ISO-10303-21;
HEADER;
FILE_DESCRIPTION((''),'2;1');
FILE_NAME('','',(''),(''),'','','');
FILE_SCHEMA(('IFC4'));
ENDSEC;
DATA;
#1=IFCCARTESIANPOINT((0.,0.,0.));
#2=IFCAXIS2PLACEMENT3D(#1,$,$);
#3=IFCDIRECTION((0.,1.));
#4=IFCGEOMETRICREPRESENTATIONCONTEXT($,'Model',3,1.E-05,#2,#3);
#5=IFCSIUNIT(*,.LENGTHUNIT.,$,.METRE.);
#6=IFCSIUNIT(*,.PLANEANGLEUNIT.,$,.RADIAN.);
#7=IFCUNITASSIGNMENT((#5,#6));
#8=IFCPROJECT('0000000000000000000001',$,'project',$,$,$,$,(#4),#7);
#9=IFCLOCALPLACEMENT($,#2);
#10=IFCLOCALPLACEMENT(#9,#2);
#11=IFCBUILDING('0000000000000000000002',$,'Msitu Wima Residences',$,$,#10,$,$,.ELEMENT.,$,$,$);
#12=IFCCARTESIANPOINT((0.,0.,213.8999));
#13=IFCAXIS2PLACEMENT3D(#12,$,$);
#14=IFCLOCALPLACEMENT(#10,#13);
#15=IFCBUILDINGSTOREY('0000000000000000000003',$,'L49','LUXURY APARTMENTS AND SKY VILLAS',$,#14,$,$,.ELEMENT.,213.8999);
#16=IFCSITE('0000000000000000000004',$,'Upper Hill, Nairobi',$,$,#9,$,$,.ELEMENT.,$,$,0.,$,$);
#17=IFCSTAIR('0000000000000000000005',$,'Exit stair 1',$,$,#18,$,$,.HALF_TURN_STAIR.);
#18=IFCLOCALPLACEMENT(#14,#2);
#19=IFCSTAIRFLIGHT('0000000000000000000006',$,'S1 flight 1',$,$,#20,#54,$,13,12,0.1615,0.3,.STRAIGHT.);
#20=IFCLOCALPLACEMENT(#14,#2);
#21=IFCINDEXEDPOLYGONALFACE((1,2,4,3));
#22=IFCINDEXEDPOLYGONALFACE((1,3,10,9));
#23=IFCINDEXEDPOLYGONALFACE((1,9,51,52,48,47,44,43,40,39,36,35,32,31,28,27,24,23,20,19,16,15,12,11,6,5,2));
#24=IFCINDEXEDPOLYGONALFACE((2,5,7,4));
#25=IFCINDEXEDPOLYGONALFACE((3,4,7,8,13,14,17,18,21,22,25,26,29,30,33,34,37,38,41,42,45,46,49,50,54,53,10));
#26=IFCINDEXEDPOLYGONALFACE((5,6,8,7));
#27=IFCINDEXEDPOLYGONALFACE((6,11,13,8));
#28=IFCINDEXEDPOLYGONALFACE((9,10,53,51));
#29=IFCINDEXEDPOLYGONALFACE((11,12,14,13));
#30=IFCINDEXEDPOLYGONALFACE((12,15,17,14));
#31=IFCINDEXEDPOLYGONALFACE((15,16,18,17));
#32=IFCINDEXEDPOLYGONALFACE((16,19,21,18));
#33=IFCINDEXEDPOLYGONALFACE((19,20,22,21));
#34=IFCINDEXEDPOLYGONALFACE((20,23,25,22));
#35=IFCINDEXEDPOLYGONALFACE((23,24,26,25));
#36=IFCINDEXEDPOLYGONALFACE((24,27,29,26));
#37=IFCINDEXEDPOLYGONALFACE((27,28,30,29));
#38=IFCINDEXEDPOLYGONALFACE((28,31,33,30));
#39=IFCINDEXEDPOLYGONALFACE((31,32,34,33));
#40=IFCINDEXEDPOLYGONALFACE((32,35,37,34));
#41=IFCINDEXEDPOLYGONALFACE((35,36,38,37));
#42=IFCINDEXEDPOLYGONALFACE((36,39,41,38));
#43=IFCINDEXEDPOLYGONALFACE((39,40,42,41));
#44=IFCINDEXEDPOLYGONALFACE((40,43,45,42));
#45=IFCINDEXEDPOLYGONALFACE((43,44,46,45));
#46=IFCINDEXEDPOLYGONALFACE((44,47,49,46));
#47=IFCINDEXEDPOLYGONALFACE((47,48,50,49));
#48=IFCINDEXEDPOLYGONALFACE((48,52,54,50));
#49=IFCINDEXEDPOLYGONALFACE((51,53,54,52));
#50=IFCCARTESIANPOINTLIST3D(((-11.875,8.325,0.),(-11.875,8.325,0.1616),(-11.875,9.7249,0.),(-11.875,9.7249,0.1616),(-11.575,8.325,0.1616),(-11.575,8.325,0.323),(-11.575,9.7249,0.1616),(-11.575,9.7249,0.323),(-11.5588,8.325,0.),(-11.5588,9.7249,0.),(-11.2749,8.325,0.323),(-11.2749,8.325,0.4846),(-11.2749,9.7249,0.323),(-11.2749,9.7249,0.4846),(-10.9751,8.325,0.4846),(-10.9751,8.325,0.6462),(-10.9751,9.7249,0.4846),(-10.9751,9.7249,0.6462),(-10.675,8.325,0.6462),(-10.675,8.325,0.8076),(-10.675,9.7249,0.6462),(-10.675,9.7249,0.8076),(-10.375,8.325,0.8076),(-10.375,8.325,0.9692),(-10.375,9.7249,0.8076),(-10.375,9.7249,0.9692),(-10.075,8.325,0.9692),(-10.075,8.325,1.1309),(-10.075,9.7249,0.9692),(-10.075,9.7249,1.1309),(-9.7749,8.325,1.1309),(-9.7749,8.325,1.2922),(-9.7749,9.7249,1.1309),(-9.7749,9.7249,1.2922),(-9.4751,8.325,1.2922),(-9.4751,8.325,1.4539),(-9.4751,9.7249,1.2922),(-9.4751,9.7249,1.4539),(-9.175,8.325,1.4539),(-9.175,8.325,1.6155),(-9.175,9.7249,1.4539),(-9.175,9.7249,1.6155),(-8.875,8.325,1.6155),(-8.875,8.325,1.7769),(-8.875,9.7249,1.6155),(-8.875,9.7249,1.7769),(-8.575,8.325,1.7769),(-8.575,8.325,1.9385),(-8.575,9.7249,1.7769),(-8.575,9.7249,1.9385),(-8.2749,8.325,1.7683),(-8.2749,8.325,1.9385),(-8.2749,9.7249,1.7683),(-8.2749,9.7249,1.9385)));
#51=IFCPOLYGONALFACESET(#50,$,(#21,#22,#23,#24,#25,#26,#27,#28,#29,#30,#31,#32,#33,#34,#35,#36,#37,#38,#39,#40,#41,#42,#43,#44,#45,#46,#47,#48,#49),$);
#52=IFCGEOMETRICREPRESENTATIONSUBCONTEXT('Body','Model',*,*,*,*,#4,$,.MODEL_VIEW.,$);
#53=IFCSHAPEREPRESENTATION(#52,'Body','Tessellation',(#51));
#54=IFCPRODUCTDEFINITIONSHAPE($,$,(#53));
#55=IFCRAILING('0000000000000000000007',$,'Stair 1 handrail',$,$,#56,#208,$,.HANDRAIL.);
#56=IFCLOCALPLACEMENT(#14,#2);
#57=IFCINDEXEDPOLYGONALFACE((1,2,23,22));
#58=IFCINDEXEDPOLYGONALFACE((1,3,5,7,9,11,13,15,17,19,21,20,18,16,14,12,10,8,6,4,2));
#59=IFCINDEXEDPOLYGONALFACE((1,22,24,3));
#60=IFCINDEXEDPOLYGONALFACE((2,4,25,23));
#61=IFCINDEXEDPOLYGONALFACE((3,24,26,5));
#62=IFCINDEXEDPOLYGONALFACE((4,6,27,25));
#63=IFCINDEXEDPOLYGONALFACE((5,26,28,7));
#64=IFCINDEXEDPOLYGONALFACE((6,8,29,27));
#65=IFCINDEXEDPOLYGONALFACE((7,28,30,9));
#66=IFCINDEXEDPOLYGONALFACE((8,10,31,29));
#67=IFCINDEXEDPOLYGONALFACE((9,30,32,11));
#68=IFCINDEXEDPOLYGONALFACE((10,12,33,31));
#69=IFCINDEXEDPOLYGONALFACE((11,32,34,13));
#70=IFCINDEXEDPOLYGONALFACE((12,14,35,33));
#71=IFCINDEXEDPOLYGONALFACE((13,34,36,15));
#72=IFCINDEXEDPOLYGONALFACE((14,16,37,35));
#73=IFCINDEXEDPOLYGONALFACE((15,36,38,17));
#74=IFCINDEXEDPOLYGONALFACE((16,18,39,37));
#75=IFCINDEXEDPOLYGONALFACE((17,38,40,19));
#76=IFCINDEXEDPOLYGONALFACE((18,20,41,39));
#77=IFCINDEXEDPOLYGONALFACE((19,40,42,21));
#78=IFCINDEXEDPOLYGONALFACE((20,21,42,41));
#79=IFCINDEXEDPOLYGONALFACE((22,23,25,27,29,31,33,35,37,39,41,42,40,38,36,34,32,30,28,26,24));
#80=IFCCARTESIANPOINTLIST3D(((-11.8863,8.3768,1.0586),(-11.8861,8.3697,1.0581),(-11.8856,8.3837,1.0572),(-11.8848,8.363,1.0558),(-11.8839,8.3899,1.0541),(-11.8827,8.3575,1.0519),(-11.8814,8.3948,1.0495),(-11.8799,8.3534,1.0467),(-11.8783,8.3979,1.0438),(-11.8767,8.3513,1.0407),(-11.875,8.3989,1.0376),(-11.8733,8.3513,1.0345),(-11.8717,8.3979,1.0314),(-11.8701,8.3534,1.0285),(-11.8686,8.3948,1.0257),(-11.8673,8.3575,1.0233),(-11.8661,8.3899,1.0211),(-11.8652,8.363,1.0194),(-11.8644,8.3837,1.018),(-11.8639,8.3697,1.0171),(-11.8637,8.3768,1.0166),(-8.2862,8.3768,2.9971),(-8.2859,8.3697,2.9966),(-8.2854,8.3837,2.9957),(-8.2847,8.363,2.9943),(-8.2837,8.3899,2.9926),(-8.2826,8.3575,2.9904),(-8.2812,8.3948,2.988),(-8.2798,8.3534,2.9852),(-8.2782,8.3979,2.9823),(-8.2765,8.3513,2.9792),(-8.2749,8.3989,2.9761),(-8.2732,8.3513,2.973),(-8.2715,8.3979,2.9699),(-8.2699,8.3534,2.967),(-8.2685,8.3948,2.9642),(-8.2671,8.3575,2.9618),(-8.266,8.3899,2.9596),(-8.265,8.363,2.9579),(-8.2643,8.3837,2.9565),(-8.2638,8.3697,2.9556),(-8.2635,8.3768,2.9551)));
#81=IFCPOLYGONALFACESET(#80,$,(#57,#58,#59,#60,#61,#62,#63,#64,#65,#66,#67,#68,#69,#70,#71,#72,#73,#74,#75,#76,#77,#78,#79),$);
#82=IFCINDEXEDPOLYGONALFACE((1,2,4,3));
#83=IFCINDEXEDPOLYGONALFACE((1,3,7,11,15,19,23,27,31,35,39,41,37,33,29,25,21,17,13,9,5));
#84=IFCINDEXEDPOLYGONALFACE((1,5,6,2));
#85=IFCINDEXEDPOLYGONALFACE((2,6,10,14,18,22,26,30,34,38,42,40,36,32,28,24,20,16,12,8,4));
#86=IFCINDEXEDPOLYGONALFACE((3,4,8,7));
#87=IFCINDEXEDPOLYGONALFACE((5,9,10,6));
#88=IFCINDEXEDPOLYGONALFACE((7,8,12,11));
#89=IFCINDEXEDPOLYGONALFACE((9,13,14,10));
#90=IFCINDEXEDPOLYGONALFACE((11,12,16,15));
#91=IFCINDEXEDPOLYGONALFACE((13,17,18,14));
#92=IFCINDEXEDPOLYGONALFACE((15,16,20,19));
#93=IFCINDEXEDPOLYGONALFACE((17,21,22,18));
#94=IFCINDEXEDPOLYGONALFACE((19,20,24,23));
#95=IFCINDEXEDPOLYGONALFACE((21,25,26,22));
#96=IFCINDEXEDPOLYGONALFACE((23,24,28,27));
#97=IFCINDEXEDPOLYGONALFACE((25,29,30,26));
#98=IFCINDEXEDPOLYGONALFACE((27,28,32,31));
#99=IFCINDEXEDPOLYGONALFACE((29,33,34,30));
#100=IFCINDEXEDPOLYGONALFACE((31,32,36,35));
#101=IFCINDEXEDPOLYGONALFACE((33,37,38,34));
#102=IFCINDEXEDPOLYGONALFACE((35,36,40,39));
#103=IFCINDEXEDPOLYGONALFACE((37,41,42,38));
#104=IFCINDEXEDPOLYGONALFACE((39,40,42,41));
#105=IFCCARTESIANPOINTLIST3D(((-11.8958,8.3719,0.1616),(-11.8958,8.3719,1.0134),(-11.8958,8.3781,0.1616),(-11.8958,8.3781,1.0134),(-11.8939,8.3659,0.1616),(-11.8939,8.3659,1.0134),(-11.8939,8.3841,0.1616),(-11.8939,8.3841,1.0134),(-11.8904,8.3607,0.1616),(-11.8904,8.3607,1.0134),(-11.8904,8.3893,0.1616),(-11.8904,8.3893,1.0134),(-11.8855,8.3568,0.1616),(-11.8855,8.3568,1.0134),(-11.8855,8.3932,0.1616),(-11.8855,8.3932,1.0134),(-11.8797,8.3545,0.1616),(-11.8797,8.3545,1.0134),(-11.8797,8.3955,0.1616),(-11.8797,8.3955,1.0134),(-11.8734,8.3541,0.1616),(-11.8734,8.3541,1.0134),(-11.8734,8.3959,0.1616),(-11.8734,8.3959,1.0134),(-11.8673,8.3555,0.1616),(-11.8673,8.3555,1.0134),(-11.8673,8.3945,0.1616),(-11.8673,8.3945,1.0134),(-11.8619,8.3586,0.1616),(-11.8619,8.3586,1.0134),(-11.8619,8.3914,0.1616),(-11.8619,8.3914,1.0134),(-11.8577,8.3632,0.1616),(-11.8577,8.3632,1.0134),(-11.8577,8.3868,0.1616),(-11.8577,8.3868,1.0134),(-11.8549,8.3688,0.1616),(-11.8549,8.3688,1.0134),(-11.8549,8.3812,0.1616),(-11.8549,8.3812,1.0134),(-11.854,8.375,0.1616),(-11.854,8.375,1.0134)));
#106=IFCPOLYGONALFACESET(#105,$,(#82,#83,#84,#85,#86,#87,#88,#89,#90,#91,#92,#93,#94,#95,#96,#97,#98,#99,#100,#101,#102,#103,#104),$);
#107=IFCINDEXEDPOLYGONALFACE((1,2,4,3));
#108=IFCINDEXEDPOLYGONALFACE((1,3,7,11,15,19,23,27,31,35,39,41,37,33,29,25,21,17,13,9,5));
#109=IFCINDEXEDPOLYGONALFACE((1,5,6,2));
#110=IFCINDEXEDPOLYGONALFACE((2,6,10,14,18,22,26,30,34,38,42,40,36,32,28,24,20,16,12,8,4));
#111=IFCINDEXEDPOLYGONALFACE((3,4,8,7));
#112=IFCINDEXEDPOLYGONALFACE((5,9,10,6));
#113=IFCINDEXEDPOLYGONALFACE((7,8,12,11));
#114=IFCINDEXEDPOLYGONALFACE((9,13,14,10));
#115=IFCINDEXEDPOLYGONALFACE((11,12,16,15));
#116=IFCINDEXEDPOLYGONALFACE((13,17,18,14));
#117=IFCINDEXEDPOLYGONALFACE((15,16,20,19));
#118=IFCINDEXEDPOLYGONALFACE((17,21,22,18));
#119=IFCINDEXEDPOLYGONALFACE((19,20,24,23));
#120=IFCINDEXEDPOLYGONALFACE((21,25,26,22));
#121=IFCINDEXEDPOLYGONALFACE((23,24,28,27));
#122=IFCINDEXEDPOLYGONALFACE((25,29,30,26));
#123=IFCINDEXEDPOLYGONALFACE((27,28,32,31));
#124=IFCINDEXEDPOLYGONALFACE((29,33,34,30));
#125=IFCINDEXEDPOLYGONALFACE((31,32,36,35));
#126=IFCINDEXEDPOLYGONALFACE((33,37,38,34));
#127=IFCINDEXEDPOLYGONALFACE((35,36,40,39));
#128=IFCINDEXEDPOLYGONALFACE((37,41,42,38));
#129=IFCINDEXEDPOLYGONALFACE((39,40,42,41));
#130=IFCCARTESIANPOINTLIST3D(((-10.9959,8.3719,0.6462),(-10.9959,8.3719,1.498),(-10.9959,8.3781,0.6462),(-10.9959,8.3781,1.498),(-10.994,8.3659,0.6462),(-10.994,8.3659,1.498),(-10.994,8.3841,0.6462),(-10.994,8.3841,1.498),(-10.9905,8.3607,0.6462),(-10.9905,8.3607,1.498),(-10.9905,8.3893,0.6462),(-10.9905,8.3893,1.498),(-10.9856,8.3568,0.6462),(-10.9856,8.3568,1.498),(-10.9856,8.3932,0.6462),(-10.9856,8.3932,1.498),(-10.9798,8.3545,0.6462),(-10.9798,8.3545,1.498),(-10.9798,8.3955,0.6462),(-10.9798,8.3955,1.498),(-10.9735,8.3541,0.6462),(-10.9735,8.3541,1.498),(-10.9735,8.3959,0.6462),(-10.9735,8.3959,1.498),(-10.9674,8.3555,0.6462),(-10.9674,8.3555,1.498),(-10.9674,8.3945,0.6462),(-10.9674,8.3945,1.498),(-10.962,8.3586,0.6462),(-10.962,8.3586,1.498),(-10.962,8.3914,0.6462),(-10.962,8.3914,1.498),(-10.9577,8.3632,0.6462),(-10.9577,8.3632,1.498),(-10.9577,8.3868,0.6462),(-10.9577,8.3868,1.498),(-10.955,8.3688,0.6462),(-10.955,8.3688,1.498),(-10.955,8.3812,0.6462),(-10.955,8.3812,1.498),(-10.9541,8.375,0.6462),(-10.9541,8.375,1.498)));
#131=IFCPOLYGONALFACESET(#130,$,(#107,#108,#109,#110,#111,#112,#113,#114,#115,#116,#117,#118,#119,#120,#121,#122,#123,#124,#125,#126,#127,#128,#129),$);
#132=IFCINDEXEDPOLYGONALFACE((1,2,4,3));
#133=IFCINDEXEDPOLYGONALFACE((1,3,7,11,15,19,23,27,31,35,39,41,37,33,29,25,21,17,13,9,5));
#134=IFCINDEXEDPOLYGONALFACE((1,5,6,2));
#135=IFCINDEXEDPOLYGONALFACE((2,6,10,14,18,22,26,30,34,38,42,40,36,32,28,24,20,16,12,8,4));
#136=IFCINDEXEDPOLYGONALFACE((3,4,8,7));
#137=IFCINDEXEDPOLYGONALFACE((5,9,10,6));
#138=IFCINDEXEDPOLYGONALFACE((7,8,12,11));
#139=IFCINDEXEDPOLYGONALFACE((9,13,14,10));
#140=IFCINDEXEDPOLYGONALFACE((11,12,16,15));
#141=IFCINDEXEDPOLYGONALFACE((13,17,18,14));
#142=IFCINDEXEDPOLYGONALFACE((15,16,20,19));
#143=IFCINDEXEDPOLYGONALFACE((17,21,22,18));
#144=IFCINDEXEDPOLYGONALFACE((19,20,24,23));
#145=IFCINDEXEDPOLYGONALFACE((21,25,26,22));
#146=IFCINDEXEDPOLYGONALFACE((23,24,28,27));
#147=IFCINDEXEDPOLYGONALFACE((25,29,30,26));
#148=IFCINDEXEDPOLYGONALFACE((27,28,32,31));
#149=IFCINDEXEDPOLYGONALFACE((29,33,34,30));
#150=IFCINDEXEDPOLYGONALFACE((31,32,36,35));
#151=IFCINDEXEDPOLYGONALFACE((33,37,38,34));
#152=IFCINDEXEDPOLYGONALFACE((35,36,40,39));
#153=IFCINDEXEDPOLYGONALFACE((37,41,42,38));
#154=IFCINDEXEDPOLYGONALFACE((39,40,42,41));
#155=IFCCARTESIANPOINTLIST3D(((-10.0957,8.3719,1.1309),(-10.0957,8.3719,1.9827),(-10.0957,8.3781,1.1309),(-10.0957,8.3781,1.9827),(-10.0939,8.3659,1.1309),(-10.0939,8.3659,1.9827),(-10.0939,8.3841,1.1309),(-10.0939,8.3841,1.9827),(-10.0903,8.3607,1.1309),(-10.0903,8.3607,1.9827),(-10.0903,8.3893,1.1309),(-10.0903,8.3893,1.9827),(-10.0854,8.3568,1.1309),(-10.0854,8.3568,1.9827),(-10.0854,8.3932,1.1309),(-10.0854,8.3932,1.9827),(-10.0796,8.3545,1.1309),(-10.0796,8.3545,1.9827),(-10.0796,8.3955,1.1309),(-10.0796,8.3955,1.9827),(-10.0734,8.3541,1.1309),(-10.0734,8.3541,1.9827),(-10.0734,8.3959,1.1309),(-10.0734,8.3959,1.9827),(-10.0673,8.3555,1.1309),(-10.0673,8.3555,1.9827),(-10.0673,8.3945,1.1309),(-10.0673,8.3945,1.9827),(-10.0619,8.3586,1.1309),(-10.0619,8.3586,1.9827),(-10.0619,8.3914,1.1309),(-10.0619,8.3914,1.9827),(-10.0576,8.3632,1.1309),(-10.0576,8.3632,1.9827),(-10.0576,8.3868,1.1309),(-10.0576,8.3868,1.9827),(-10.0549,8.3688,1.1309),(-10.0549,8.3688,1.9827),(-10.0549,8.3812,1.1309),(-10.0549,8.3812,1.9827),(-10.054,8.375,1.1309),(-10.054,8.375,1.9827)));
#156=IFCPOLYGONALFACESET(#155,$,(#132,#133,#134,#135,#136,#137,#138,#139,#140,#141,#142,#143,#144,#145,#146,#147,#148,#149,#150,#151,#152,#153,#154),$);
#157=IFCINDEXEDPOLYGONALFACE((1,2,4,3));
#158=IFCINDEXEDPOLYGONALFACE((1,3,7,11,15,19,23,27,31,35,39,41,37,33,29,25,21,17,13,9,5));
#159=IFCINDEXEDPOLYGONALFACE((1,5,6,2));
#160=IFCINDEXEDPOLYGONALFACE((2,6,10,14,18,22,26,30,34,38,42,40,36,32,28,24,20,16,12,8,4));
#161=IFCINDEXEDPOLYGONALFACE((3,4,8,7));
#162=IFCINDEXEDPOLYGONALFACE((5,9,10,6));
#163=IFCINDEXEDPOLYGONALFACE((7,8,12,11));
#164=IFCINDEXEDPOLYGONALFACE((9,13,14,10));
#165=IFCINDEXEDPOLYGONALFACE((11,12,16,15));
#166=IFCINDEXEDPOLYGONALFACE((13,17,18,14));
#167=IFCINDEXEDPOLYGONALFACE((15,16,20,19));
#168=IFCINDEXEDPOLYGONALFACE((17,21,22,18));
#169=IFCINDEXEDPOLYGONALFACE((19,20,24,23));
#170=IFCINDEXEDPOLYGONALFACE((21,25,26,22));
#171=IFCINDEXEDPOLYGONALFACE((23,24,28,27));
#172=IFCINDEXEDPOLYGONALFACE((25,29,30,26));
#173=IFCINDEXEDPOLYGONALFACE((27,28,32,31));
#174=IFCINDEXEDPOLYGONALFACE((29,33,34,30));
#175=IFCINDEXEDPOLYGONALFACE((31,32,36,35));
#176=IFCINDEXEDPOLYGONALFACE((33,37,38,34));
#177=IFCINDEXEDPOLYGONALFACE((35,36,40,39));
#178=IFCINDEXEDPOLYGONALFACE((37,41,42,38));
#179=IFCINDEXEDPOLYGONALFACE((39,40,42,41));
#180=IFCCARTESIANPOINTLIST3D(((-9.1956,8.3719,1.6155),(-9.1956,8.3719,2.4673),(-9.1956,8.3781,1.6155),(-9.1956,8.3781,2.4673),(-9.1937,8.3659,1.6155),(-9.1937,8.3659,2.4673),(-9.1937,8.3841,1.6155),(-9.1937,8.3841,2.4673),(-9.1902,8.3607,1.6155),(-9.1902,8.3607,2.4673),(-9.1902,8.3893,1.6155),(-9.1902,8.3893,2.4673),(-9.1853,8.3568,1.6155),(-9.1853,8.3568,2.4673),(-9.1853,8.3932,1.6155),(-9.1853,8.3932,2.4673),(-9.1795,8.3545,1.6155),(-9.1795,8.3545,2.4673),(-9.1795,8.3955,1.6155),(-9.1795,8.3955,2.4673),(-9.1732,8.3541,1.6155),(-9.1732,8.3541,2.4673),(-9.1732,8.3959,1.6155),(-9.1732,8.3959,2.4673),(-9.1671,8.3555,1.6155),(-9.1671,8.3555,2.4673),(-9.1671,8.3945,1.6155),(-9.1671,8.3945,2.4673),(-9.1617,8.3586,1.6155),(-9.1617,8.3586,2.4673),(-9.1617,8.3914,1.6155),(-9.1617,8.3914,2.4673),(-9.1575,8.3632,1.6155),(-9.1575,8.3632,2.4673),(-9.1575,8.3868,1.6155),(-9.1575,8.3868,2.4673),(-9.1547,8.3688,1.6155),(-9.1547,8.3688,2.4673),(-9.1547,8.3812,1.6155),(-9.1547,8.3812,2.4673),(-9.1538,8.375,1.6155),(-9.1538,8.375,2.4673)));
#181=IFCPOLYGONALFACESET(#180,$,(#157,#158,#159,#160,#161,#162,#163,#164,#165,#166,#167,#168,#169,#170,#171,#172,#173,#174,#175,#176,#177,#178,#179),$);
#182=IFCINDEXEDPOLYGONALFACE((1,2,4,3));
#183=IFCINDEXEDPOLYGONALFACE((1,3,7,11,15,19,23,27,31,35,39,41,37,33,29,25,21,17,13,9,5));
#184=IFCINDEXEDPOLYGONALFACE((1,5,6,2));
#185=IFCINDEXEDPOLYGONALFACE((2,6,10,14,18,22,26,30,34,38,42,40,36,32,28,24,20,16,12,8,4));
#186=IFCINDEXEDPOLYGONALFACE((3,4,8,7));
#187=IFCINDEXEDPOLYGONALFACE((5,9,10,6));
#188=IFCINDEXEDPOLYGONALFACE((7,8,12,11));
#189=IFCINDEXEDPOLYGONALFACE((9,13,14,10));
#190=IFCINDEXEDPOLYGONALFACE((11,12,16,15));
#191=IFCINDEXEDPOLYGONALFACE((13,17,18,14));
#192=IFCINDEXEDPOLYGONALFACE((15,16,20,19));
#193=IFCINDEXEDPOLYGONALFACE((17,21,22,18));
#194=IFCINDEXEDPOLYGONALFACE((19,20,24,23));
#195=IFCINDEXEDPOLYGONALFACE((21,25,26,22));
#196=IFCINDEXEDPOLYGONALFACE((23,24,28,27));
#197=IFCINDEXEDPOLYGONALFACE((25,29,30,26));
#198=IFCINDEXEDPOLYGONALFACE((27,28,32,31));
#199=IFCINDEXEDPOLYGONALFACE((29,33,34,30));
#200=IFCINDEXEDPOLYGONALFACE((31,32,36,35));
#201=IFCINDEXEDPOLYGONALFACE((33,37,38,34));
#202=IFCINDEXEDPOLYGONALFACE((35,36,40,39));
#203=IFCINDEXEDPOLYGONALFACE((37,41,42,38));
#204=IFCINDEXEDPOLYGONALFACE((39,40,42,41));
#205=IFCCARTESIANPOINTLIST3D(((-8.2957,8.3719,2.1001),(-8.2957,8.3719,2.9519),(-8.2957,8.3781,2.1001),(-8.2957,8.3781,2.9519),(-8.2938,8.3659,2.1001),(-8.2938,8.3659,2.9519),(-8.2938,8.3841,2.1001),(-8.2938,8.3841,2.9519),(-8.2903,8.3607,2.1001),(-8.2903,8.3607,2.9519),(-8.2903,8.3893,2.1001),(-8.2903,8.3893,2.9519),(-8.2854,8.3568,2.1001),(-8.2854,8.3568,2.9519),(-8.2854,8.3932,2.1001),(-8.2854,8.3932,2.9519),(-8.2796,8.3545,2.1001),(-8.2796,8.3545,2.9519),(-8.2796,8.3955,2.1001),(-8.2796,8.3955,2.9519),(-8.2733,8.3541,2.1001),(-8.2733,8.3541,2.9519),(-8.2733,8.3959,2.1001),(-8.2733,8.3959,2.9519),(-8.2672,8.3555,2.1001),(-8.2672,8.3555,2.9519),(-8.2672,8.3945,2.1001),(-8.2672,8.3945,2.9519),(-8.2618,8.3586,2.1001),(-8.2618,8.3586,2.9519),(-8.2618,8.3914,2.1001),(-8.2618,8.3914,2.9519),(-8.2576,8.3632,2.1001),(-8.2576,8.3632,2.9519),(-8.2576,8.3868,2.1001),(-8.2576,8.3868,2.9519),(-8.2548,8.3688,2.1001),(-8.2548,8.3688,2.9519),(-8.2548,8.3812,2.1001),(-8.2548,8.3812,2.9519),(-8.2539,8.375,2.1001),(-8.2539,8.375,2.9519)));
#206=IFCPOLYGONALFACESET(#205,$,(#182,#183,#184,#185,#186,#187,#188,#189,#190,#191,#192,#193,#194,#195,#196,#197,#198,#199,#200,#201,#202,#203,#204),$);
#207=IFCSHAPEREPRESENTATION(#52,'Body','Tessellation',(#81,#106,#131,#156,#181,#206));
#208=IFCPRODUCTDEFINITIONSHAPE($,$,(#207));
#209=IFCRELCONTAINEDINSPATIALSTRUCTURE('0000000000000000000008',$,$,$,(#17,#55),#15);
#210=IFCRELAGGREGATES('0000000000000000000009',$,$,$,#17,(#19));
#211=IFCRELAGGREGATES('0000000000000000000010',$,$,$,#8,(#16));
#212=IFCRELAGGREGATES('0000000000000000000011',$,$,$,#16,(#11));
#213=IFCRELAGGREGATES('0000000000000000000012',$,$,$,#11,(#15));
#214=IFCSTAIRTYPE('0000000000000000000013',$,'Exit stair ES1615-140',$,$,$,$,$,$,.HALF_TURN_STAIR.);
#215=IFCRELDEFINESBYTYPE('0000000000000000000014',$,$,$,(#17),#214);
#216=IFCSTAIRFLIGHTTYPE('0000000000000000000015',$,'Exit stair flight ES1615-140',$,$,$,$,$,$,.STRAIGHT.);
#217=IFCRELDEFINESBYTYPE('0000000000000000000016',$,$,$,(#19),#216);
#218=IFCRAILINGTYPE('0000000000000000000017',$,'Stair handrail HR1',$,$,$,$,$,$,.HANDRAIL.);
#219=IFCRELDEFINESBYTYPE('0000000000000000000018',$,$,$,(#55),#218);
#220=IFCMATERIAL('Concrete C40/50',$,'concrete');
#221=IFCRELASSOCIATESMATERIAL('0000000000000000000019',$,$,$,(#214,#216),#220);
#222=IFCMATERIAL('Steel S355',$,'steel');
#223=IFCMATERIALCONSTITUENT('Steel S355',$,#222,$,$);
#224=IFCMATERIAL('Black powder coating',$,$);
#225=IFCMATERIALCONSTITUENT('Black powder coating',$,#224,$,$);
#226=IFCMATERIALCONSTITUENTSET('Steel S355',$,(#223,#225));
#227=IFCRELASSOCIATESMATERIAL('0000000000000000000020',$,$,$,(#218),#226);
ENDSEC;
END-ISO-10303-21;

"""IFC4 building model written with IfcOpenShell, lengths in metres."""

from ifc_helpers import new_model, si_unit, direction, frame, origin, origin_2d, place, context, subcontext, project, spatial, polyline, circle, outline, extrude, material, constituent, constituent_set, type_object, element, aggregate, save


model = new_model("IFC4")

# Units and contexts
model_context = context("Model", 3, precision=1e-05, world=origin(), true_north=direction((0.0, 1.0)))
body_context = subcontext(model_context, "Body", "Model", "MODEL_VIEW")
ifc_project = project(units=[si_unit("LENGTHUNIT", "METRE"), si_unit("PLANEANGLEUNIT", "RADIAN")], contexts=[model_context])

# Site, building, storey
site_placement = place(None, origin())
site = spatial("IfcSite", under=ifc_project, at=site_placement, Name="Upper Hill, Nairobi", CompositionType="ELEMENT", RefElevation=0.0)
building_placement = place(site_placement, origin())
building = spatial("IfcBuilding", under=site, at=building_placement, Name="Msitu Wima Residences", CompositionType="ELEMENT")
storey_placement = place(building_placement, frame((0.0, 0.0, 213.8999)))
storey = spatial("IfcBuildingStorey", under=building, at=storey_placement, Name="L49", Description="LUXURY APARTMENTS AND SKY VILLAS", CompositionType="ELEMENT", Elevation=213.8999)

# Shared definitions
ifc_material_1 = material(Name="Concrete C40/50", Category="concrete")

# Stair, stair flight
stair_type = type_object("IfcStairType", Name="Exit stair ES1615-140", PredefinedType="HALF_TURN_STAIR", material=ifc_material_1)
stair_placement = place(storey_placement, origin())
stair = element("IfcStair", 1, at=stair_placement, inside=storey, type_object=stair_type, Name="Exit stair 1", PredefinedType="HALF_TURN_STAIR")
stair_flight_type = type_object("IfcStairFlightType", Name="Exit stair flight ES1615-140", PredefinedType="STRAIGHT", material=ifc_material_1)
stair_flight_placement = place(storey_placement, frame((-11.875, 9.0249, 0.0), z_axis=(0.0, 0.0, 1.0), x_axis=(1.0, 0.0, 0.0)))
stair_flight = element("IfcStairFlight", 2, at=stair_flight_placement, type_object=stair_flight_type, Name="S1 flight 1", NumberOfRisers=13, NumberOfTreads=12, PredefinedType="STRAIGHT", RiserHeight=0.1615, TreadLength=0.3, context=body_context, shape_type="SweptSolid", body=[
    extrude(outline(polyline([(0.0, 0.0), (0.0, 0.1616), (0.3, 0.1616), (0.3, 0.323), (0.6001, 0.323), (0.6001, 0.4846), (0.8999, 0.4846), (0.8999, 0.6462), (1.2, 0.6462), (1.2, 0.8076), (1.5, 0.8076), (1.5, 0.9692), (1.8, 0.9692), (1.8, 1.1309), (2.1001, 1.1309), (2.1001, 1.2922), (2.3999, 1.2922), (2.3999, 1.4539), (2.7, 1.4539), (2.7, 1.6155), (3.0, 1.6155), (3.0, 1.7769), (3.3, 1.7769), (3.3, 1.9385), (3.6001, 1.9385), (3.6001, 2.1001), (3.6001, 1.7683), (0.3162, 0.0), (0.0, 0.0)])), frame((0.0, 0.7, 0.0), z_axis=(0.0, -1.0, 0.0), x_axis=(1.0, 0.0, 0.0)), (0.0, 0.0, 1.0), 1.3999),
])
aggregate(stair, [stair_flight])

# Railing
ifc_material_2 = material(Name="Steel S355", Category="steel")
ifc_constituent_1 = constituent(ifc_material_2, Name="Steel S355")
ifc_material_3 = material(Name="Black powder coating")
ifc_constituent_2 = constituent(ifc_material_3, Name="Black powder coating")
ifc_constituent_set = constituent_set(constituents=[ifc_constituent_1, ifc_constituent_2], Name="Steel S355")
railing_type = type_object("IfcRailingType", Name="Stair handrail HR1", PredefinedType="HANDRAIL", material=ifc_constituent_set)
for number, where, name in (
    (3, (-11.875, 8.375, 0.1616), "Stair 1 handrail"),
):
    element("IfcRailing", number, at=place(storey_placement, frame(where)), inside=storey, type_object=railing_type, Name=name, PredefinedType="HANDRAIL", context=body_context, shape_type="SweptSolid", body=[
        extrude(circle(Radius=0.0239, at=origin_2d()), frame((0.0, 0.0, 0.876), z_axis=(0.880475, 0.0, 0.474093), x_axis=(0.0, 1.0, 0.0)), (0.0, 0.0, 1.0), 4.0889),
        extrude(circle(Radius=0.021, at=origin_2d()), origin(), (0.0, 0.0, 1.0), 0.8518),
        extrude(circle(Radius=0.021, at=origin_2d()), frame((0.8999, 0.0, 0.4846)), (0.0, 0.0, 1.0), 0.8518),
        extrude(circle(Radius=0.021, at=origin_2d()), frame((1.8, 0.0, 0.9692)), (0.0, 0.0, 1.0), 0.8518),
        extrude(circle(Radius=0.021, at=origin_2d()), frame((2.7002, 0.0, 1.4539)), (0.0, 0.0, 1.0), 0.8518),
        extrude(circle(Radius=0.021, at=origin_2d()), frame((3.6001, 0.0, 1.9385)), (0.0, 0.0, 1.0), 0.8518),
    ])

save(model, "model.ifc")
